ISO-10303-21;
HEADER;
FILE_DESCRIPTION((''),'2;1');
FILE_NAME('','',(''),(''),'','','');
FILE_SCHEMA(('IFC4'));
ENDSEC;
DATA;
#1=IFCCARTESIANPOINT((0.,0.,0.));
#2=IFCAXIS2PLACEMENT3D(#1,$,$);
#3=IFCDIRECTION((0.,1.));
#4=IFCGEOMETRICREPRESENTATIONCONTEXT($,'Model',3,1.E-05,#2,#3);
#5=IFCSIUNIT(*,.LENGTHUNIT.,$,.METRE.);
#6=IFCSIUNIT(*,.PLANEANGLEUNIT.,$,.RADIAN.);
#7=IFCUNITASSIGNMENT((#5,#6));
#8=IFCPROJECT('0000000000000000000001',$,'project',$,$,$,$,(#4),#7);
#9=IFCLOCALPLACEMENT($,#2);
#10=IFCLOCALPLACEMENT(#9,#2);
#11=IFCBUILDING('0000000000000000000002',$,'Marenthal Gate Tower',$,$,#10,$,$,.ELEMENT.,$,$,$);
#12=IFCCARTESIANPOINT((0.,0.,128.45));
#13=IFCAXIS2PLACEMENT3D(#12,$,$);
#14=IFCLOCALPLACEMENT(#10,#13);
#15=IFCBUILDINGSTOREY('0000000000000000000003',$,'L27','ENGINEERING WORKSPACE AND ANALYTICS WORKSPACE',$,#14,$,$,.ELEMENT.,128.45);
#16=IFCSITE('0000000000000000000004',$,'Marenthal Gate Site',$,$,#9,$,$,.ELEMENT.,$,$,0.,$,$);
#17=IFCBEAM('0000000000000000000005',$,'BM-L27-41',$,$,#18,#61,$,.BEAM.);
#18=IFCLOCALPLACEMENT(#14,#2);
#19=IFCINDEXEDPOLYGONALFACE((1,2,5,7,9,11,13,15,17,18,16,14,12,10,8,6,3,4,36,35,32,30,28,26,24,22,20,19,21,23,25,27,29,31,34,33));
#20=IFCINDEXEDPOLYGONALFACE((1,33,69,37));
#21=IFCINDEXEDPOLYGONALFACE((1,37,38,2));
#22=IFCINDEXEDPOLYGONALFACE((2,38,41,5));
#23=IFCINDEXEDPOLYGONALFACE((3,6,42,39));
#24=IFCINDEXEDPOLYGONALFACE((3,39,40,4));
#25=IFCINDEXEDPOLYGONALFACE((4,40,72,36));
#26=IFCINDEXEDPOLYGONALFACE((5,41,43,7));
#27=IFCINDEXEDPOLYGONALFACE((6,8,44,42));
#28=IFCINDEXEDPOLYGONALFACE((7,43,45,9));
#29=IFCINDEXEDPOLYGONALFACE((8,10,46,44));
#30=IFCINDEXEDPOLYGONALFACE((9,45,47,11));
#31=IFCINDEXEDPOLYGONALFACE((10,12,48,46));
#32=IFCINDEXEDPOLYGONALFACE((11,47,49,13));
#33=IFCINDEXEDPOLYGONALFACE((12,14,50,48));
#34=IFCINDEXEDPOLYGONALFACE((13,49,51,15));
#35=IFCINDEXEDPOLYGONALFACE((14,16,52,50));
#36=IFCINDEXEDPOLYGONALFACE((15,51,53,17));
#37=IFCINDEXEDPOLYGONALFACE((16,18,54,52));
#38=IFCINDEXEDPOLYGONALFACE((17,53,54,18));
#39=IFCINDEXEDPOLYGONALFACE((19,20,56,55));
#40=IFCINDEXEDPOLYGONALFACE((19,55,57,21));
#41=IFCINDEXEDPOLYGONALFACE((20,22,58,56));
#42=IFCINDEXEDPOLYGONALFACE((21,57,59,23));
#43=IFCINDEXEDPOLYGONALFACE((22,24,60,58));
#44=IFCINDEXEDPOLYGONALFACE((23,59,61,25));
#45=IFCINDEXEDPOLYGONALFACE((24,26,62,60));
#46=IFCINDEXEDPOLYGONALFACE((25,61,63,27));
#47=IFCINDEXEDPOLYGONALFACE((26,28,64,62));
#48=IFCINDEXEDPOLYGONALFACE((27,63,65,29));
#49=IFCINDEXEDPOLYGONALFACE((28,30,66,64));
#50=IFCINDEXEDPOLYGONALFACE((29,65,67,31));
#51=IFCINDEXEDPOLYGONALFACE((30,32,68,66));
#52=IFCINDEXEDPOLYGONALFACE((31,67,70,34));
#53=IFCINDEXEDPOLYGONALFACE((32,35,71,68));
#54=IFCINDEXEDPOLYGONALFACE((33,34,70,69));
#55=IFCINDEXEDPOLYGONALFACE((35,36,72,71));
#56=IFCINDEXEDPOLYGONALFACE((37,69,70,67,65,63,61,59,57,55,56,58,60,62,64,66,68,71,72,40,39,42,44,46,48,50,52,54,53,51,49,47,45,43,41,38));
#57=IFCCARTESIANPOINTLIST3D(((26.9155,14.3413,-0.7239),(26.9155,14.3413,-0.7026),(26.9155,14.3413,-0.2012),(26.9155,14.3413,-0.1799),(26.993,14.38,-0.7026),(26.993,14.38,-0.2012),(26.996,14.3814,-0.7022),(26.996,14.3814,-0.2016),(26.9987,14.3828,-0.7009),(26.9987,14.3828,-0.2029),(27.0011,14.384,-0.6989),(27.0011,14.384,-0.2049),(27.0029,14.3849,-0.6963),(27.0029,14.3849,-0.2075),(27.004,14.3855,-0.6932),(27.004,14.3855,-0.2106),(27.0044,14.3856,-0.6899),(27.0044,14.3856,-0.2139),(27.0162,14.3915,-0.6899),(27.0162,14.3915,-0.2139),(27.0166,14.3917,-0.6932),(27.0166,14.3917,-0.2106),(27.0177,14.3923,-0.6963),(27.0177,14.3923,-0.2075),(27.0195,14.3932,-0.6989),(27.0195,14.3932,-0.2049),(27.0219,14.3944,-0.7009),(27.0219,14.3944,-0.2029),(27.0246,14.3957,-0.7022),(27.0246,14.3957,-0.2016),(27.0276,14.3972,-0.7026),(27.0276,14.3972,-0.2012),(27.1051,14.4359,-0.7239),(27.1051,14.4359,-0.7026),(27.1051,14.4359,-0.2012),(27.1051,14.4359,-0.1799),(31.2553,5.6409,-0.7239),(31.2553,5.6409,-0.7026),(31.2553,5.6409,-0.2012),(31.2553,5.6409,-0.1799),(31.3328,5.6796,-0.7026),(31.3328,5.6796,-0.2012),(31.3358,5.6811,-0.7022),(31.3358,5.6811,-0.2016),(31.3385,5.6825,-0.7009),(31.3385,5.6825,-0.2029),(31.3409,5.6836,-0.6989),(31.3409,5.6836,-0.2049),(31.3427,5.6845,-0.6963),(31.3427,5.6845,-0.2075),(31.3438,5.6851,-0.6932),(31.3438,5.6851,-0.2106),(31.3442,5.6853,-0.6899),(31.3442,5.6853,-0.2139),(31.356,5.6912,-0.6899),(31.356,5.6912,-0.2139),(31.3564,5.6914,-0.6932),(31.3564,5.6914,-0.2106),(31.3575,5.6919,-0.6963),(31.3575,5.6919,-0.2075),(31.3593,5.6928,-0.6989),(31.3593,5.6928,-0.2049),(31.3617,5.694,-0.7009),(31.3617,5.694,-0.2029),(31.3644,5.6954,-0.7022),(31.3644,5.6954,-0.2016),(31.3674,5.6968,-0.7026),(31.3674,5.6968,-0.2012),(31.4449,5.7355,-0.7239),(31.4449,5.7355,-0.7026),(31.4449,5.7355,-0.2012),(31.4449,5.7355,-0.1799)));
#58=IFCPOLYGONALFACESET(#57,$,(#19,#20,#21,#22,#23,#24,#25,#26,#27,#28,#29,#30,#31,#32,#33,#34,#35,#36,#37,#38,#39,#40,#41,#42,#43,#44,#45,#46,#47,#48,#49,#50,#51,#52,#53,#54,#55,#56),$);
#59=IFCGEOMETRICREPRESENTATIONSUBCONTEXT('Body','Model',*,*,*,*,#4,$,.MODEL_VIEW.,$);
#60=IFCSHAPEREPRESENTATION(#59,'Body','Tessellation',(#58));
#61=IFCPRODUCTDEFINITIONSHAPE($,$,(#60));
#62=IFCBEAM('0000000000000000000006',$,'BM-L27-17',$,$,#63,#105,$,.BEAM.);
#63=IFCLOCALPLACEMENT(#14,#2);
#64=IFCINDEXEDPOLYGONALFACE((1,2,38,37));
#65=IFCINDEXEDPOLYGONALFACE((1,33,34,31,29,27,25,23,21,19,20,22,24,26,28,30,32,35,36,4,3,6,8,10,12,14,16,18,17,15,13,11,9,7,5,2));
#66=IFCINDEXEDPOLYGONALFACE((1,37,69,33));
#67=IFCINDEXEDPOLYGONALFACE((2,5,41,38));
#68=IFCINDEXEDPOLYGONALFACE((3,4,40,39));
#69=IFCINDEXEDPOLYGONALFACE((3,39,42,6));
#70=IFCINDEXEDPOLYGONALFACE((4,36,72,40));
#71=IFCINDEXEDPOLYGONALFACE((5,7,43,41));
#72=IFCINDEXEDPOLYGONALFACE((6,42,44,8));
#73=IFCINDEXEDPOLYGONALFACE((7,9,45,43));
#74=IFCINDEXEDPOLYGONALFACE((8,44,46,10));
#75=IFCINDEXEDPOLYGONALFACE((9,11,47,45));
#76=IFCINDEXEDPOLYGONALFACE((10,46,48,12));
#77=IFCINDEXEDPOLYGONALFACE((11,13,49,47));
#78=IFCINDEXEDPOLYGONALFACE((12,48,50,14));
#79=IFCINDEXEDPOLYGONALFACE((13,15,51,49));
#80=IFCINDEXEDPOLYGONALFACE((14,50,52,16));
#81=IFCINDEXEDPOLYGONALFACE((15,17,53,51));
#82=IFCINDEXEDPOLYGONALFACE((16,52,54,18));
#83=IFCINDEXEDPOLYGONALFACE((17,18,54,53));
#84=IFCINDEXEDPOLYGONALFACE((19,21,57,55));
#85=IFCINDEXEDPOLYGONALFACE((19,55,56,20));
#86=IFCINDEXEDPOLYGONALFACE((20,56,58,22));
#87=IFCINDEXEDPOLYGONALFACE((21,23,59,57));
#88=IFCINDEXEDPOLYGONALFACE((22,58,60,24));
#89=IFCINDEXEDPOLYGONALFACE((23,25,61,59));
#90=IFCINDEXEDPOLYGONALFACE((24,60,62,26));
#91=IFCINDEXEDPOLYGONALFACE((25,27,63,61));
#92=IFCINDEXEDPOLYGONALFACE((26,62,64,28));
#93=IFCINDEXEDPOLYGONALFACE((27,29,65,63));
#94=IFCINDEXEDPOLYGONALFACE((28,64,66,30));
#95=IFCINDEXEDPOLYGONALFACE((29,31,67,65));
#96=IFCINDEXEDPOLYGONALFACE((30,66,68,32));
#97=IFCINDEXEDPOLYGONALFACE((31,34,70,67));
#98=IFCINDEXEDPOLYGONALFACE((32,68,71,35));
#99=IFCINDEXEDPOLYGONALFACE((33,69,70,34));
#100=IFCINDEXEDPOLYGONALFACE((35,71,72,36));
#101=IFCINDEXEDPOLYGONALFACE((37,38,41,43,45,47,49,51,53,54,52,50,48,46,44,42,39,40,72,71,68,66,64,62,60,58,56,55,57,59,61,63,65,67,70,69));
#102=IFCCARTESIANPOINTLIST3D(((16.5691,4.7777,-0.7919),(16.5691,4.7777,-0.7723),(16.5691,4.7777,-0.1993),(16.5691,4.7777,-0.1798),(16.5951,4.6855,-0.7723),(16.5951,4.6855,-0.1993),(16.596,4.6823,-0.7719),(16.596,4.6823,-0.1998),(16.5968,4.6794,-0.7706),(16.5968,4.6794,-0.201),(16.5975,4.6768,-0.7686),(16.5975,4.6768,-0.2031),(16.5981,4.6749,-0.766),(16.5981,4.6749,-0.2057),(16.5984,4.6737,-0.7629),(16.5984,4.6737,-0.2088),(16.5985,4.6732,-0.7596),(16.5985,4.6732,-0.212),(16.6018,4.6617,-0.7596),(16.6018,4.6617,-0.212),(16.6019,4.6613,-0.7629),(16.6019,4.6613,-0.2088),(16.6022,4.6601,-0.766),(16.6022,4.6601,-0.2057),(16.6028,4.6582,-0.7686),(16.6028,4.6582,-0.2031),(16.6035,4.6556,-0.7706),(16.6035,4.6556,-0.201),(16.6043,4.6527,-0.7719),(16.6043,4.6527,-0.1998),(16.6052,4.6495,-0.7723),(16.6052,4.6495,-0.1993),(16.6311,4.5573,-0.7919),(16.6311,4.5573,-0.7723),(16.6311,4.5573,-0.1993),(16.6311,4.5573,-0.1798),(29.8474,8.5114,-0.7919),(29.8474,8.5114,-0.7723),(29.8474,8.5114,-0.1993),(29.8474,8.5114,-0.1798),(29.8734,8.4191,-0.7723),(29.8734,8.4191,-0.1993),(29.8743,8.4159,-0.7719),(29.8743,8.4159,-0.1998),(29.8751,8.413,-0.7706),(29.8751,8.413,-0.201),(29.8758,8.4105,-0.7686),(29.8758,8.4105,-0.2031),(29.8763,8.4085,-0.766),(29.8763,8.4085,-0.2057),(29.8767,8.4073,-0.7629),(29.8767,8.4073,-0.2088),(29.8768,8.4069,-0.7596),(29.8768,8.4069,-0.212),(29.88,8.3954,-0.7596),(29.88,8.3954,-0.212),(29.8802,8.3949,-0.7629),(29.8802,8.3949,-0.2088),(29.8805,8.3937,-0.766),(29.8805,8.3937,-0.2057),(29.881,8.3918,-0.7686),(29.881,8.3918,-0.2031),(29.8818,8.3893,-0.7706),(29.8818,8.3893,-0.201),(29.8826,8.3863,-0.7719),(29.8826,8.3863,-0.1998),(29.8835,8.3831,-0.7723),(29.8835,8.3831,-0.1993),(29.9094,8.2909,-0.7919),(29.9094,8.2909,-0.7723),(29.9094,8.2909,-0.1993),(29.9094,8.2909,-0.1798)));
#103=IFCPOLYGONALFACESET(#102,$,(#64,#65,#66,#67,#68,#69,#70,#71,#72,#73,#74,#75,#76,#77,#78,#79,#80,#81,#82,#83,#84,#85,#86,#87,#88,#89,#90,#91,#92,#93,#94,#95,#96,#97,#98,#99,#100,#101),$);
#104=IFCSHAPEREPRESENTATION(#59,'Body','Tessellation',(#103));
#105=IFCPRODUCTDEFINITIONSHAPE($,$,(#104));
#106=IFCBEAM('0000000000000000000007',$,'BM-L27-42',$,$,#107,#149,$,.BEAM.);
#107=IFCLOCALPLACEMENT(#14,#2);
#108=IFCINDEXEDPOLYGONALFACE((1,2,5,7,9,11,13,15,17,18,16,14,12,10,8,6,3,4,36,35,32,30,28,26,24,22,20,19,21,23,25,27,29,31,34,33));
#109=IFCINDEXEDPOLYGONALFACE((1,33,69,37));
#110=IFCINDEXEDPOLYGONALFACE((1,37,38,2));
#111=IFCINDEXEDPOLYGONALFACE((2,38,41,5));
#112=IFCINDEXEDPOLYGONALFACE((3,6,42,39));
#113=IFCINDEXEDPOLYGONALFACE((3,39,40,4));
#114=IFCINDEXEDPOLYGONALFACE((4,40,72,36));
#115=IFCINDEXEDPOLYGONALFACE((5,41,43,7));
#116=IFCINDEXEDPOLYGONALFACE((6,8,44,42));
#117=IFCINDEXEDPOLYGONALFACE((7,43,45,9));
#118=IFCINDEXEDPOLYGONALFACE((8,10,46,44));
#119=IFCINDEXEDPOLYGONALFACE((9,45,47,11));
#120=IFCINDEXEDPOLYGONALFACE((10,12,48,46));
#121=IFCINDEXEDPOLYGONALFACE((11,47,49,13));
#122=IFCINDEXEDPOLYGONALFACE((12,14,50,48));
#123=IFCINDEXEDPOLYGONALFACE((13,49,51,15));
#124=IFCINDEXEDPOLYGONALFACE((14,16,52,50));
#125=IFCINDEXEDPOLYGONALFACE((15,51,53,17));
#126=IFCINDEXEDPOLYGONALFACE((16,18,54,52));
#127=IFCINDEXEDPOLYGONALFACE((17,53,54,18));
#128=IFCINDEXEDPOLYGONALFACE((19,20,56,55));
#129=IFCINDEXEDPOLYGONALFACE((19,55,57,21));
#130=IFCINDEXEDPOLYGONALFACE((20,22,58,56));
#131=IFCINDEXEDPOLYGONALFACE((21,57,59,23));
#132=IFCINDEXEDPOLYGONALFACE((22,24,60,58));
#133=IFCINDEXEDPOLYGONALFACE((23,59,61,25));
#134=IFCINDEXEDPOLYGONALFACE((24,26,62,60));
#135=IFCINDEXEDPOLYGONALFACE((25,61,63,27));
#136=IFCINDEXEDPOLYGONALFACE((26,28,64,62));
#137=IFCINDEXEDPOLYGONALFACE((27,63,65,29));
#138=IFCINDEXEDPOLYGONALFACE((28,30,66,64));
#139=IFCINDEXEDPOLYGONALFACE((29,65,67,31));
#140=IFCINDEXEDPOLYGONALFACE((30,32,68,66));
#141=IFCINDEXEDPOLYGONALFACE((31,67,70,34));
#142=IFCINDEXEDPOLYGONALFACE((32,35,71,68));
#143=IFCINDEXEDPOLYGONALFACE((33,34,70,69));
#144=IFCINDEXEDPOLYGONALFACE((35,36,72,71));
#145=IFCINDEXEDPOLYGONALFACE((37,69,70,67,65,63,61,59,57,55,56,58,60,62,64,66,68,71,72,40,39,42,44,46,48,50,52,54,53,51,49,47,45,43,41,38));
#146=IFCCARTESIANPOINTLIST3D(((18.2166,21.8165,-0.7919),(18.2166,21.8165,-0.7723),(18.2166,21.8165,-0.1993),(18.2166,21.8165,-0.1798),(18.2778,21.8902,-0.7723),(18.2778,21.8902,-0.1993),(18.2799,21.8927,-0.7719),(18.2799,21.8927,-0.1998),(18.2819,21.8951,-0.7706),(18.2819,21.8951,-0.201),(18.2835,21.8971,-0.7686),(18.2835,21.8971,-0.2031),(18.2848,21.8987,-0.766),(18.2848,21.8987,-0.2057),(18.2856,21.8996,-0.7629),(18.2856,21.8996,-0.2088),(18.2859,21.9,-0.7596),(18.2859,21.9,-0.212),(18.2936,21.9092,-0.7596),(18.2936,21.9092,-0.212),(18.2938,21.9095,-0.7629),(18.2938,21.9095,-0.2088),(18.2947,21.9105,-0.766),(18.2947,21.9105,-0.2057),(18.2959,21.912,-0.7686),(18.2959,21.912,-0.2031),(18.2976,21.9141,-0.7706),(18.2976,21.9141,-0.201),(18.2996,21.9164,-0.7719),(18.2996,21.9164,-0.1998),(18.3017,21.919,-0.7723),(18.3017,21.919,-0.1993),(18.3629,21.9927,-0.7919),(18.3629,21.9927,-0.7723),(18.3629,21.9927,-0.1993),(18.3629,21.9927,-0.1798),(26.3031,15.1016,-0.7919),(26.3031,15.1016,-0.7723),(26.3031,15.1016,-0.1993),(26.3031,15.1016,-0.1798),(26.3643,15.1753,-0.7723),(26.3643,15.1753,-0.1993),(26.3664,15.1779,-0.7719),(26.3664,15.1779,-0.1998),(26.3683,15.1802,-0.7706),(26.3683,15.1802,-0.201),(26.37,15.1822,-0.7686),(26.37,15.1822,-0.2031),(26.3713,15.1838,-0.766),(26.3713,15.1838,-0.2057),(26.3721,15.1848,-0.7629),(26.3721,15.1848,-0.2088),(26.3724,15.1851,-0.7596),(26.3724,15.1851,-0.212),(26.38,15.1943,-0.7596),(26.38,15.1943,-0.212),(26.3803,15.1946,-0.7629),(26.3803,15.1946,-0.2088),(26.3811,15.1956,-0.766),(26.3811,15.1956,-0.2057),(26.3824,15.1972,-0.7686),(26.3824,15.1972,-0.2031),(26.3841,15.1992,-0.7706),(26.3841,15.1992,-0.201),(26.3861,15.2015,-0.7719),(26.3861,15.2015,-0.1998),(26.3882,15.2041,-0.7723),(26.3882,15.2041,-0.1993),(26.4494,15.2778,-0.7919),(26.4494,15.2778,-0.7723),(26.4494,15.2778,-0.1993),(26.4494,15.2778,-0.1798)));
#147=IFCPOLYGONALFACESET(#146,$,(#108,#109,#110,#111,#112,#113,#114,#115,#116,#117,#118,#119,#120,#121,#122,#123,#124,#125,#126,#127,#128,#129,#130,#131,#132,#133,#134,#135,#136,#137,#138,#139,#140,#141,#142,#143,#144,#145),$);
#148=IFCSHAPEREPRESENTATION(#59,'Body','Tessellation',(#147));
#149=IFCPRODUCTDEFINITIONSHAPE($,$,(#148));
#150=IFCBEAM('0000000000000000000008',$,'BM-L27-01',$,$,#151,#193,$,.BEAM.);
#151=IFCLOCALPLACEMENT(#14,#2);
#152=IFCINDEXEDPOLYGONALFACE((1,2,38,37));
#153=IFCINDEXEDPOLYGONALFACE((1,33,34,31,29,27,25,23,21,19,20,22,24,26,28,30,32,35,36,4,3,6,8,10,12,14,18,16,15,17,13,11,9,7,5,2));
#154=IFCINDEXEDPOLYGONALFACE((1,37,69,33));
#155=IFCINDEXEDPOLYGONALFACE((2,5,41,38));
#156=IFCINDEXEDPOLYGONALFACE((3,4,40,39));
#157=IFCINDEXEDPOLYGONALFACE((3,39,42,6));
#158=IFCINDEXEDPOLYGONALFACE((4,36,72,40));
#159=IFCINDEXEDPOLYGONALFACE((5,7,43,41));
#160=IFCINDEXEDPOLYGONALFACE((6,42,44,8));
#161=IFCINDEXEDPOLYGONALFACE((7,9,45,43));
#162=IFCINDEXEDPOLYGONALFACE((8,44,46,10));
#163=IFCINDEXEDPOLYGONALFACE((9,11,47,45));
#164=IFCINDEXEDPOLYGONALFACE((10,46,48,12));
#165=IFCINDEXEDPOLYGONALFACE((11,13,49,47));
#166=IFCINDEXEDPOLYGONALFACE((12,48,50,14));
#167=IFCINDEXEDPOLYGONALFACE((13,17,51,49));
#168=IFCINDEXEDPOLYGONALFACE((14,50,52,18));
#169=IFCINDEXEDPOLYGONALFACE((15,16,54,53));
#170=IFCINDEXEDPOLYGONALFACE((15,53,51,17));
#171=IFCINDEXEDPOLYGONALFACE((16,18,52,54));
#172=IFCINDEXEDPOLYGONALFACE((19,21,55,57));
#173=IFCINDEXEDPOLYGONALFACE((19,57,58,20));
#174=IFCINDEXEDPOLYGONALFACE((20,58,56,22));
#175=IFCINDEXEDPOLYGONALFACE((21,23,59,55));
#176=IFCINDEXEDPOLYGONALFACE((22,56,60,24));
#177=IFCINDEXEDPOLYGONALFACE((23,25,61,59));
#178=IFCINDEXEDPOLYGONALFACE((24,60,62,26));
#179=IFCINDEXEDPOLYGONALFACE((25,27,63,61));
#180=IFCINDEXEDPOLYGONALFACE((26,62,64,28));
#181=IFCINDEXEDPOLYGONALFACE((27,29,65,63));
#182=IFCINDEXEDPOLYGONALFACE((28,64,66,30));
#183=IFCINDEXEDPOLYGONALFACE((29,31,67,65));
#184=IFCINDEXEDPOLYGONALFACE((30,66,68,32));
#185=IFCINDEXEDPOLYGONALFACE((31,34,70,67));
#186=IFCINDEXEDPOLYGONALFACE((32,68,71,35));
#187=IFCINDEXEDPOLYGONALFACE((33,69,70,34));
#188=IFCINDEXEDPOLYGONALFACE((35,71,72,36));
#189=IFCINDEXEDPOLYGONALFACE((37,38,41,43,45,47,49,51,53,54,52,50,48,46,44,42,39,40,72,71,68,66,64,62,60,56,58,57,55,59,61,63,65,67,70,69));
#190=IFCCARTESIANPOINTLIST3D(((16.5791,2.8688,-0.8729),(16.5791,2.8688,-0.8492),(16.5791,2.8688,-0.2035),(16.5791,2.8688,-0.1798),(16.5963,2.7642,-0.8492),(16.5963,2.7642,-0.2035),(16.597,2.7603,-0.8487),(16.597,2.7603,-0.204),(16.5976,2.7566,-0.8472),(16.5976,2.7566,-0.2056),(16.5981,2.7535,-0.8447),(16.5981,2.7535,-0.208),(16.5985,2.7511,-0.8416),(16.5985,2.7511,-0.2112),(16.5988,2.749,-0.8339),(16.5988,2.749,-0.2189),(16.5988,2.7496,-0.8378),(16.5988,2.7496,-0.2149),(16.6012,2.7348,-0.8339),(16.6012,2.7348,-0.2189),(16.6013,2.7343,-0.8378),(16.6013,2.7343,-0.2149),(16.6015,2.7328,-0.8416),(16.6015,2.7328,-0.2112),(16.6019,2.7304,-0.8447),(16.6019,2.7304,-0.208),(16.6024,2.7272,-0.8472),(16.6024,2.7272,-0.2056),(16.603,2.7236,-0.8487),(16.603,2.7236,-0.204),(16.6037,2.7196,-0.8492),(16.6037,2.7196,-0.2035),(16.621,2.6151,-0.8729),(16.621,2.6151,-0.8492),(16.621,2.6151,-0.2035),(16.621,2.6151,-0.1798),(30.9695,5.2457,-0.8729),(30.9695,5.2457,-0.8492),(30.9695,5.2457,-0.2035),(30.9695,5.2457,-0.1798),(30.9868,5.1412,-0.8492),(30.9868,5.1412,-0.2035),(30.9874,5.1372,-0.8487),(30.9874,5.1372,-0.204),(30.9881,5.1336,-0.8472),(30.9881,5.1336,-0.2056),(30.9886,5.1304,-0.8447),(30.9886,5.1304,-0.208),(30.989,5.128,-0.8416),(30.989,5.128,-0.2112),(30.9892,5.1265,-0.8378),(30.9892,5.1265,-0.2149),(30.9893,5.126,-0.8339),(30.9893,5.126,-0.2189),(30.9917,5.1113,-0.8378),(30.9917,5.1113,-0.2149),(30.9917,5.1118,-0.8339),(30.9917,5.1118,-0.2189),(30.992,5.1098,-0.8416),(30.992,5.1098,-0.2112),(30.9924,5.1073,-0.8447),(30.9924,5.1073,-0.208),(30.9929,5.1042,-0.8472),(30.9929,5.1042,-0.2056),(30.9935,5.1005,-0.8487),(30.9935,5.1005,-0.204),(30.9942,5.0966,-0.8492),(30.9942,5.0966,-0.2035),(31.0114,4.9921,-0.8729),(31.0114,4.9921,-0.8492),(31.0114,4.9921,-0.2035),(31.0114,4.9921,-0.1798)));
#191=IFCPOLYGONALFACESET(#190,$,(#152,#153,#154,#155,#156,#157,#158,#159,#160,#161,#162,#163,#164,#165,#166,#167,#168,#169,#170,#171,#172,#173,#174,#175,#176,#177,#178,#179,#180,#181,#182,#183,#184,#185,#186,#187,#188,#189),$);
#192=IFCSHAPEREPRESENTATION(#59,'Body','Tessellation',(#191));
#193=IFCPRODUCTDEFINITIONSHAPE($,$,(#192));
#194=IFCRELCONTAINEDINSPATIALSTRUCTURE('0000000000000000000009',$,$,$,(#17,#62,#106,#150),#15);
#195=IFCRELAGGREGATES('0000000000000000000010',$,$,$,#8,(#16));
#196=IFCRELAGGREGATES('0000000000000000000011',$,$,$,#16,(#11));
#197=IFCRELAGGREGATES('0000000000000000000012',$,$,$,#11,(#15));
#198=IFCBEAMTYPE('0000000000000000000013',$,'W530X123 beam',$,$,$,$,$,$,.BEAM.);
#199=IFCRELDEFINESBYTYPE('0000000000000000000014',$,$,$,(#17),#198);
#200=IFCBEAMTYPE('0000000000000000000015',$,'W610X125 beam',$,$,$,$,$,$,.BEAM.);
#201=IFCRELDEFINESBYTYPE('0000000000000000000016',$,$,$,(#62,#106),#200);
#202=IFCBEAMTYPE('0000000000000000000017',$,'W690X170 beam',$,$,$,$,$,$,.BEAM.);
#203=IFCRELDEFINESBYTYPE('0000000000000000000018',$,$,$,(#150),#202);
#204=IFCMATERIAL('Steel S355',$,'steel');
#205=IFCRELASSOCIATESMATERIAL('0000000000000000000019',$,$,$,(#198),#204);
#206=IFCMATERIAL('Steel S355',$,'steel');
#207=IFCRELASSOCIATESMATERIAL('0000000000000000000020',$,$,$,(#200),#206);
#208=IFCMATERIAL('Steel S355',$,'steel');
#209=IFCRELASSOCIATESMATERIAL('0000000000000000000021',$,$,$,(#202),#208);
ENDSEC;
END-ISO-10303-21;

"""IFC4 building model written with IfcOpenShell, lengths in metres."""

from ifc_helpers import new_model, si_unit, direction, frame, origin, origin_2d, place, context, subcontext, project, spatial, i_section, extrude, material, material_profile, profile_set, type_object, element, save


model = new_model("IFC4")

# Units and contexts
model_context = context("Model", 3, precision=1e-05, world=origin(), true_north=direction((0.0, 1.0)))
body_context = subcontext(model_context, "Body", "Model", "MODEL_VIEW")
ifc_project = project(units=[si_unit("LENGTHUNIT", "METRE"), si_unit("PLANEANGLEUNIT", "RADIAN")], contexts=[model_context])

# Site, building, storey
site_placement = place(None, origin())
site = spatial("IfcSite", under=ifc_project, at=site_placement, Name="Marenthal Gate Site", CompositionType="ELEMENT", RefElevation=0.0)
building_placement = place(site_placement, origin())
building = spatial("IfcBuilding", under=site, at=building_placement, Name="Marenthal Gate Tower", CompositionType="ELEMENT")
storey_placement = place(building_placement, frame((0.0, 0.0, 128.45)))
storey = spatial("IfcBuildingStorey", under=building, at=storey_placement, Name="L27", Description="ENGINEERING WORKSPACE AND ANALYTICS WORKSPACE", CompositionType="ELEMENT", Elevation=128.45)

# Beams
ifc_material_1 = material(Name="Steel S355", Category="steel")
ifc_material_profile_1 = material_profile(ifc_material_1, i_section(OverallWidth=0.2119, OverallDepth=0.5439, WebThickness=0.0132, FlangeThickness=0.0212, FilletRadius=0.0127, at=origin_2d()), Name="W530X123")
ifc_profile_set_1 = profile_set([ifc_material_profile_1], Name="Steel S355")
beam_type_1 = type_object("IfcBeamType", Name="W530X123 beam", PredefinedType="BEAM", material=ifc_profile_set_1)
beam_1_placement = place(storey_placement, frame((31.3501, 5.6882, -0.4519), z_axis=(-0.44636, 0.894854, 0.0), x_axis=(-0.894854, -0.44636, 0.0)))
element("IfcBeam", 1, at=beam_1_placement, inside=storey, type_object=beam_type_1, Name="BM-L27-41", PredefinedType="BEAM", context=body_context, shape_type="SweptSolid", body=[
    extrude(i_section(OverallWidth=0.2119, OverallDepth=0.5439, WebThickness=0.0132, FlangeThickness=0.0212, FilletRadius=0.0127, at=origin_2d()), origin(), (0.0, 0.0, 1.0), 9.7227),
])
ifc_material_2 = material(Name="Steel S355", Category="steel")
ifc_material_profile_2 = material_profile(ifc_material_2, i_section(OverallWidth=0.229, OverallDepth=0.6121, WebThickness=0.012, FlangeThickness=0.0195, FilletRadius=0.0127, at=origin_2d()), Name="W610X125")
ifc_profile_set_2 = profile_set([ifc_material_profile_2], Name="Steel S355")
beam_type_2 = type_object("IfcBeamType", Name="W610X125 beam", PredefinedType="BEAM", material=ifc_profile_set_2)
beam_2_placement = place(storey_placement, frame((29.8784, 8.4011, -0.4858), z_axis=(-0.962668, -0.270686, 0.0), x_axis=(0.270686, -0.962668, 0.0)))
element("IfcBeam", 2, at=beam_2_placement, inside=storey, type_object=beam_type_2, Name="BM-L27-17", PredefinedType="BEAM", context=body_context, shape_type="SweptSolid", body=[
    extrude(i_section(OverallWidth=0.229, OverallDepth=0.6121, WebThickness=0.012, FlangeThickness=0.0195, FilletRadius=0.0127, at=origin_2d()), origin(), (0.0, 0.0, 1.0), 13.7932),
])
beam_3_placement = place(storey_placement, frame((26.3762, 15.1897, -0.4858), z_axis=(-0.769336, 0.638845, 0.0), x_axis=(-0.638845, -0.769336, 0.0)))
element("IfcBeam", 3, at=beam_3_placement, inside=storey, type_object=beam_type_2, Name="BM-L27-42", PredefinedType="BEAM", context=body_context, shape_type="SweptSolid", body=[
    extrude(i_section(OverallWidth=0.229, OverallDepth=0.6121, WebThickness=0.012, FlangeThickness=0.0195, FilletRadius=0.0127, at=origin_2d()), origin(), (0.0, 0.0, 1.0), 10.511),
])
ifc_material_3 = material(Name="Steel S355", Category="steel")
ifc_material_profile_3 = material_profile(ifc_material_3, i_section(OverallWidth=0.2571, OverallDepth=0.6931, WebThickness=0.0144, FlangeThickness=0.0237, FilletRadius=0.0154, at=origin_2d()), Name="W690X170")
ifc_profile_set_3 = profile_set([ifc_material_profile_3], Name="Steel S355")
beam_type_3 = type_object("IfcBeamType", Name="W690X170 beam", PredefinedType="BEAM", material=ifc_profile_set_3)
beam_4_placement = place(storey_placement, frame((30.9905, 5.1189, -0.5264), z_axis=(-0.986631, -0.162968, 0.0), x_axis=(0.162968, -0.986631, 0.0)))
element("IfcBeam", 4, at=beam_4_placement, inside=storey, type_object=beam_type_3, Name="BM-L27-01", PredefinedType="BEAM", context=body_context, shape_type="SweptSolid", body=[
    extrude(i_section(OverallWidth=0.2571, OverallDepth=0.6931, WebThickness=0.0144, FlangeThickness=0.0237, FilletRadius=0.0154, at=origin_2d()), origin(), (0.0, 0.0, 1.0), 14.5854),
])

save(model, "model.ifc")
